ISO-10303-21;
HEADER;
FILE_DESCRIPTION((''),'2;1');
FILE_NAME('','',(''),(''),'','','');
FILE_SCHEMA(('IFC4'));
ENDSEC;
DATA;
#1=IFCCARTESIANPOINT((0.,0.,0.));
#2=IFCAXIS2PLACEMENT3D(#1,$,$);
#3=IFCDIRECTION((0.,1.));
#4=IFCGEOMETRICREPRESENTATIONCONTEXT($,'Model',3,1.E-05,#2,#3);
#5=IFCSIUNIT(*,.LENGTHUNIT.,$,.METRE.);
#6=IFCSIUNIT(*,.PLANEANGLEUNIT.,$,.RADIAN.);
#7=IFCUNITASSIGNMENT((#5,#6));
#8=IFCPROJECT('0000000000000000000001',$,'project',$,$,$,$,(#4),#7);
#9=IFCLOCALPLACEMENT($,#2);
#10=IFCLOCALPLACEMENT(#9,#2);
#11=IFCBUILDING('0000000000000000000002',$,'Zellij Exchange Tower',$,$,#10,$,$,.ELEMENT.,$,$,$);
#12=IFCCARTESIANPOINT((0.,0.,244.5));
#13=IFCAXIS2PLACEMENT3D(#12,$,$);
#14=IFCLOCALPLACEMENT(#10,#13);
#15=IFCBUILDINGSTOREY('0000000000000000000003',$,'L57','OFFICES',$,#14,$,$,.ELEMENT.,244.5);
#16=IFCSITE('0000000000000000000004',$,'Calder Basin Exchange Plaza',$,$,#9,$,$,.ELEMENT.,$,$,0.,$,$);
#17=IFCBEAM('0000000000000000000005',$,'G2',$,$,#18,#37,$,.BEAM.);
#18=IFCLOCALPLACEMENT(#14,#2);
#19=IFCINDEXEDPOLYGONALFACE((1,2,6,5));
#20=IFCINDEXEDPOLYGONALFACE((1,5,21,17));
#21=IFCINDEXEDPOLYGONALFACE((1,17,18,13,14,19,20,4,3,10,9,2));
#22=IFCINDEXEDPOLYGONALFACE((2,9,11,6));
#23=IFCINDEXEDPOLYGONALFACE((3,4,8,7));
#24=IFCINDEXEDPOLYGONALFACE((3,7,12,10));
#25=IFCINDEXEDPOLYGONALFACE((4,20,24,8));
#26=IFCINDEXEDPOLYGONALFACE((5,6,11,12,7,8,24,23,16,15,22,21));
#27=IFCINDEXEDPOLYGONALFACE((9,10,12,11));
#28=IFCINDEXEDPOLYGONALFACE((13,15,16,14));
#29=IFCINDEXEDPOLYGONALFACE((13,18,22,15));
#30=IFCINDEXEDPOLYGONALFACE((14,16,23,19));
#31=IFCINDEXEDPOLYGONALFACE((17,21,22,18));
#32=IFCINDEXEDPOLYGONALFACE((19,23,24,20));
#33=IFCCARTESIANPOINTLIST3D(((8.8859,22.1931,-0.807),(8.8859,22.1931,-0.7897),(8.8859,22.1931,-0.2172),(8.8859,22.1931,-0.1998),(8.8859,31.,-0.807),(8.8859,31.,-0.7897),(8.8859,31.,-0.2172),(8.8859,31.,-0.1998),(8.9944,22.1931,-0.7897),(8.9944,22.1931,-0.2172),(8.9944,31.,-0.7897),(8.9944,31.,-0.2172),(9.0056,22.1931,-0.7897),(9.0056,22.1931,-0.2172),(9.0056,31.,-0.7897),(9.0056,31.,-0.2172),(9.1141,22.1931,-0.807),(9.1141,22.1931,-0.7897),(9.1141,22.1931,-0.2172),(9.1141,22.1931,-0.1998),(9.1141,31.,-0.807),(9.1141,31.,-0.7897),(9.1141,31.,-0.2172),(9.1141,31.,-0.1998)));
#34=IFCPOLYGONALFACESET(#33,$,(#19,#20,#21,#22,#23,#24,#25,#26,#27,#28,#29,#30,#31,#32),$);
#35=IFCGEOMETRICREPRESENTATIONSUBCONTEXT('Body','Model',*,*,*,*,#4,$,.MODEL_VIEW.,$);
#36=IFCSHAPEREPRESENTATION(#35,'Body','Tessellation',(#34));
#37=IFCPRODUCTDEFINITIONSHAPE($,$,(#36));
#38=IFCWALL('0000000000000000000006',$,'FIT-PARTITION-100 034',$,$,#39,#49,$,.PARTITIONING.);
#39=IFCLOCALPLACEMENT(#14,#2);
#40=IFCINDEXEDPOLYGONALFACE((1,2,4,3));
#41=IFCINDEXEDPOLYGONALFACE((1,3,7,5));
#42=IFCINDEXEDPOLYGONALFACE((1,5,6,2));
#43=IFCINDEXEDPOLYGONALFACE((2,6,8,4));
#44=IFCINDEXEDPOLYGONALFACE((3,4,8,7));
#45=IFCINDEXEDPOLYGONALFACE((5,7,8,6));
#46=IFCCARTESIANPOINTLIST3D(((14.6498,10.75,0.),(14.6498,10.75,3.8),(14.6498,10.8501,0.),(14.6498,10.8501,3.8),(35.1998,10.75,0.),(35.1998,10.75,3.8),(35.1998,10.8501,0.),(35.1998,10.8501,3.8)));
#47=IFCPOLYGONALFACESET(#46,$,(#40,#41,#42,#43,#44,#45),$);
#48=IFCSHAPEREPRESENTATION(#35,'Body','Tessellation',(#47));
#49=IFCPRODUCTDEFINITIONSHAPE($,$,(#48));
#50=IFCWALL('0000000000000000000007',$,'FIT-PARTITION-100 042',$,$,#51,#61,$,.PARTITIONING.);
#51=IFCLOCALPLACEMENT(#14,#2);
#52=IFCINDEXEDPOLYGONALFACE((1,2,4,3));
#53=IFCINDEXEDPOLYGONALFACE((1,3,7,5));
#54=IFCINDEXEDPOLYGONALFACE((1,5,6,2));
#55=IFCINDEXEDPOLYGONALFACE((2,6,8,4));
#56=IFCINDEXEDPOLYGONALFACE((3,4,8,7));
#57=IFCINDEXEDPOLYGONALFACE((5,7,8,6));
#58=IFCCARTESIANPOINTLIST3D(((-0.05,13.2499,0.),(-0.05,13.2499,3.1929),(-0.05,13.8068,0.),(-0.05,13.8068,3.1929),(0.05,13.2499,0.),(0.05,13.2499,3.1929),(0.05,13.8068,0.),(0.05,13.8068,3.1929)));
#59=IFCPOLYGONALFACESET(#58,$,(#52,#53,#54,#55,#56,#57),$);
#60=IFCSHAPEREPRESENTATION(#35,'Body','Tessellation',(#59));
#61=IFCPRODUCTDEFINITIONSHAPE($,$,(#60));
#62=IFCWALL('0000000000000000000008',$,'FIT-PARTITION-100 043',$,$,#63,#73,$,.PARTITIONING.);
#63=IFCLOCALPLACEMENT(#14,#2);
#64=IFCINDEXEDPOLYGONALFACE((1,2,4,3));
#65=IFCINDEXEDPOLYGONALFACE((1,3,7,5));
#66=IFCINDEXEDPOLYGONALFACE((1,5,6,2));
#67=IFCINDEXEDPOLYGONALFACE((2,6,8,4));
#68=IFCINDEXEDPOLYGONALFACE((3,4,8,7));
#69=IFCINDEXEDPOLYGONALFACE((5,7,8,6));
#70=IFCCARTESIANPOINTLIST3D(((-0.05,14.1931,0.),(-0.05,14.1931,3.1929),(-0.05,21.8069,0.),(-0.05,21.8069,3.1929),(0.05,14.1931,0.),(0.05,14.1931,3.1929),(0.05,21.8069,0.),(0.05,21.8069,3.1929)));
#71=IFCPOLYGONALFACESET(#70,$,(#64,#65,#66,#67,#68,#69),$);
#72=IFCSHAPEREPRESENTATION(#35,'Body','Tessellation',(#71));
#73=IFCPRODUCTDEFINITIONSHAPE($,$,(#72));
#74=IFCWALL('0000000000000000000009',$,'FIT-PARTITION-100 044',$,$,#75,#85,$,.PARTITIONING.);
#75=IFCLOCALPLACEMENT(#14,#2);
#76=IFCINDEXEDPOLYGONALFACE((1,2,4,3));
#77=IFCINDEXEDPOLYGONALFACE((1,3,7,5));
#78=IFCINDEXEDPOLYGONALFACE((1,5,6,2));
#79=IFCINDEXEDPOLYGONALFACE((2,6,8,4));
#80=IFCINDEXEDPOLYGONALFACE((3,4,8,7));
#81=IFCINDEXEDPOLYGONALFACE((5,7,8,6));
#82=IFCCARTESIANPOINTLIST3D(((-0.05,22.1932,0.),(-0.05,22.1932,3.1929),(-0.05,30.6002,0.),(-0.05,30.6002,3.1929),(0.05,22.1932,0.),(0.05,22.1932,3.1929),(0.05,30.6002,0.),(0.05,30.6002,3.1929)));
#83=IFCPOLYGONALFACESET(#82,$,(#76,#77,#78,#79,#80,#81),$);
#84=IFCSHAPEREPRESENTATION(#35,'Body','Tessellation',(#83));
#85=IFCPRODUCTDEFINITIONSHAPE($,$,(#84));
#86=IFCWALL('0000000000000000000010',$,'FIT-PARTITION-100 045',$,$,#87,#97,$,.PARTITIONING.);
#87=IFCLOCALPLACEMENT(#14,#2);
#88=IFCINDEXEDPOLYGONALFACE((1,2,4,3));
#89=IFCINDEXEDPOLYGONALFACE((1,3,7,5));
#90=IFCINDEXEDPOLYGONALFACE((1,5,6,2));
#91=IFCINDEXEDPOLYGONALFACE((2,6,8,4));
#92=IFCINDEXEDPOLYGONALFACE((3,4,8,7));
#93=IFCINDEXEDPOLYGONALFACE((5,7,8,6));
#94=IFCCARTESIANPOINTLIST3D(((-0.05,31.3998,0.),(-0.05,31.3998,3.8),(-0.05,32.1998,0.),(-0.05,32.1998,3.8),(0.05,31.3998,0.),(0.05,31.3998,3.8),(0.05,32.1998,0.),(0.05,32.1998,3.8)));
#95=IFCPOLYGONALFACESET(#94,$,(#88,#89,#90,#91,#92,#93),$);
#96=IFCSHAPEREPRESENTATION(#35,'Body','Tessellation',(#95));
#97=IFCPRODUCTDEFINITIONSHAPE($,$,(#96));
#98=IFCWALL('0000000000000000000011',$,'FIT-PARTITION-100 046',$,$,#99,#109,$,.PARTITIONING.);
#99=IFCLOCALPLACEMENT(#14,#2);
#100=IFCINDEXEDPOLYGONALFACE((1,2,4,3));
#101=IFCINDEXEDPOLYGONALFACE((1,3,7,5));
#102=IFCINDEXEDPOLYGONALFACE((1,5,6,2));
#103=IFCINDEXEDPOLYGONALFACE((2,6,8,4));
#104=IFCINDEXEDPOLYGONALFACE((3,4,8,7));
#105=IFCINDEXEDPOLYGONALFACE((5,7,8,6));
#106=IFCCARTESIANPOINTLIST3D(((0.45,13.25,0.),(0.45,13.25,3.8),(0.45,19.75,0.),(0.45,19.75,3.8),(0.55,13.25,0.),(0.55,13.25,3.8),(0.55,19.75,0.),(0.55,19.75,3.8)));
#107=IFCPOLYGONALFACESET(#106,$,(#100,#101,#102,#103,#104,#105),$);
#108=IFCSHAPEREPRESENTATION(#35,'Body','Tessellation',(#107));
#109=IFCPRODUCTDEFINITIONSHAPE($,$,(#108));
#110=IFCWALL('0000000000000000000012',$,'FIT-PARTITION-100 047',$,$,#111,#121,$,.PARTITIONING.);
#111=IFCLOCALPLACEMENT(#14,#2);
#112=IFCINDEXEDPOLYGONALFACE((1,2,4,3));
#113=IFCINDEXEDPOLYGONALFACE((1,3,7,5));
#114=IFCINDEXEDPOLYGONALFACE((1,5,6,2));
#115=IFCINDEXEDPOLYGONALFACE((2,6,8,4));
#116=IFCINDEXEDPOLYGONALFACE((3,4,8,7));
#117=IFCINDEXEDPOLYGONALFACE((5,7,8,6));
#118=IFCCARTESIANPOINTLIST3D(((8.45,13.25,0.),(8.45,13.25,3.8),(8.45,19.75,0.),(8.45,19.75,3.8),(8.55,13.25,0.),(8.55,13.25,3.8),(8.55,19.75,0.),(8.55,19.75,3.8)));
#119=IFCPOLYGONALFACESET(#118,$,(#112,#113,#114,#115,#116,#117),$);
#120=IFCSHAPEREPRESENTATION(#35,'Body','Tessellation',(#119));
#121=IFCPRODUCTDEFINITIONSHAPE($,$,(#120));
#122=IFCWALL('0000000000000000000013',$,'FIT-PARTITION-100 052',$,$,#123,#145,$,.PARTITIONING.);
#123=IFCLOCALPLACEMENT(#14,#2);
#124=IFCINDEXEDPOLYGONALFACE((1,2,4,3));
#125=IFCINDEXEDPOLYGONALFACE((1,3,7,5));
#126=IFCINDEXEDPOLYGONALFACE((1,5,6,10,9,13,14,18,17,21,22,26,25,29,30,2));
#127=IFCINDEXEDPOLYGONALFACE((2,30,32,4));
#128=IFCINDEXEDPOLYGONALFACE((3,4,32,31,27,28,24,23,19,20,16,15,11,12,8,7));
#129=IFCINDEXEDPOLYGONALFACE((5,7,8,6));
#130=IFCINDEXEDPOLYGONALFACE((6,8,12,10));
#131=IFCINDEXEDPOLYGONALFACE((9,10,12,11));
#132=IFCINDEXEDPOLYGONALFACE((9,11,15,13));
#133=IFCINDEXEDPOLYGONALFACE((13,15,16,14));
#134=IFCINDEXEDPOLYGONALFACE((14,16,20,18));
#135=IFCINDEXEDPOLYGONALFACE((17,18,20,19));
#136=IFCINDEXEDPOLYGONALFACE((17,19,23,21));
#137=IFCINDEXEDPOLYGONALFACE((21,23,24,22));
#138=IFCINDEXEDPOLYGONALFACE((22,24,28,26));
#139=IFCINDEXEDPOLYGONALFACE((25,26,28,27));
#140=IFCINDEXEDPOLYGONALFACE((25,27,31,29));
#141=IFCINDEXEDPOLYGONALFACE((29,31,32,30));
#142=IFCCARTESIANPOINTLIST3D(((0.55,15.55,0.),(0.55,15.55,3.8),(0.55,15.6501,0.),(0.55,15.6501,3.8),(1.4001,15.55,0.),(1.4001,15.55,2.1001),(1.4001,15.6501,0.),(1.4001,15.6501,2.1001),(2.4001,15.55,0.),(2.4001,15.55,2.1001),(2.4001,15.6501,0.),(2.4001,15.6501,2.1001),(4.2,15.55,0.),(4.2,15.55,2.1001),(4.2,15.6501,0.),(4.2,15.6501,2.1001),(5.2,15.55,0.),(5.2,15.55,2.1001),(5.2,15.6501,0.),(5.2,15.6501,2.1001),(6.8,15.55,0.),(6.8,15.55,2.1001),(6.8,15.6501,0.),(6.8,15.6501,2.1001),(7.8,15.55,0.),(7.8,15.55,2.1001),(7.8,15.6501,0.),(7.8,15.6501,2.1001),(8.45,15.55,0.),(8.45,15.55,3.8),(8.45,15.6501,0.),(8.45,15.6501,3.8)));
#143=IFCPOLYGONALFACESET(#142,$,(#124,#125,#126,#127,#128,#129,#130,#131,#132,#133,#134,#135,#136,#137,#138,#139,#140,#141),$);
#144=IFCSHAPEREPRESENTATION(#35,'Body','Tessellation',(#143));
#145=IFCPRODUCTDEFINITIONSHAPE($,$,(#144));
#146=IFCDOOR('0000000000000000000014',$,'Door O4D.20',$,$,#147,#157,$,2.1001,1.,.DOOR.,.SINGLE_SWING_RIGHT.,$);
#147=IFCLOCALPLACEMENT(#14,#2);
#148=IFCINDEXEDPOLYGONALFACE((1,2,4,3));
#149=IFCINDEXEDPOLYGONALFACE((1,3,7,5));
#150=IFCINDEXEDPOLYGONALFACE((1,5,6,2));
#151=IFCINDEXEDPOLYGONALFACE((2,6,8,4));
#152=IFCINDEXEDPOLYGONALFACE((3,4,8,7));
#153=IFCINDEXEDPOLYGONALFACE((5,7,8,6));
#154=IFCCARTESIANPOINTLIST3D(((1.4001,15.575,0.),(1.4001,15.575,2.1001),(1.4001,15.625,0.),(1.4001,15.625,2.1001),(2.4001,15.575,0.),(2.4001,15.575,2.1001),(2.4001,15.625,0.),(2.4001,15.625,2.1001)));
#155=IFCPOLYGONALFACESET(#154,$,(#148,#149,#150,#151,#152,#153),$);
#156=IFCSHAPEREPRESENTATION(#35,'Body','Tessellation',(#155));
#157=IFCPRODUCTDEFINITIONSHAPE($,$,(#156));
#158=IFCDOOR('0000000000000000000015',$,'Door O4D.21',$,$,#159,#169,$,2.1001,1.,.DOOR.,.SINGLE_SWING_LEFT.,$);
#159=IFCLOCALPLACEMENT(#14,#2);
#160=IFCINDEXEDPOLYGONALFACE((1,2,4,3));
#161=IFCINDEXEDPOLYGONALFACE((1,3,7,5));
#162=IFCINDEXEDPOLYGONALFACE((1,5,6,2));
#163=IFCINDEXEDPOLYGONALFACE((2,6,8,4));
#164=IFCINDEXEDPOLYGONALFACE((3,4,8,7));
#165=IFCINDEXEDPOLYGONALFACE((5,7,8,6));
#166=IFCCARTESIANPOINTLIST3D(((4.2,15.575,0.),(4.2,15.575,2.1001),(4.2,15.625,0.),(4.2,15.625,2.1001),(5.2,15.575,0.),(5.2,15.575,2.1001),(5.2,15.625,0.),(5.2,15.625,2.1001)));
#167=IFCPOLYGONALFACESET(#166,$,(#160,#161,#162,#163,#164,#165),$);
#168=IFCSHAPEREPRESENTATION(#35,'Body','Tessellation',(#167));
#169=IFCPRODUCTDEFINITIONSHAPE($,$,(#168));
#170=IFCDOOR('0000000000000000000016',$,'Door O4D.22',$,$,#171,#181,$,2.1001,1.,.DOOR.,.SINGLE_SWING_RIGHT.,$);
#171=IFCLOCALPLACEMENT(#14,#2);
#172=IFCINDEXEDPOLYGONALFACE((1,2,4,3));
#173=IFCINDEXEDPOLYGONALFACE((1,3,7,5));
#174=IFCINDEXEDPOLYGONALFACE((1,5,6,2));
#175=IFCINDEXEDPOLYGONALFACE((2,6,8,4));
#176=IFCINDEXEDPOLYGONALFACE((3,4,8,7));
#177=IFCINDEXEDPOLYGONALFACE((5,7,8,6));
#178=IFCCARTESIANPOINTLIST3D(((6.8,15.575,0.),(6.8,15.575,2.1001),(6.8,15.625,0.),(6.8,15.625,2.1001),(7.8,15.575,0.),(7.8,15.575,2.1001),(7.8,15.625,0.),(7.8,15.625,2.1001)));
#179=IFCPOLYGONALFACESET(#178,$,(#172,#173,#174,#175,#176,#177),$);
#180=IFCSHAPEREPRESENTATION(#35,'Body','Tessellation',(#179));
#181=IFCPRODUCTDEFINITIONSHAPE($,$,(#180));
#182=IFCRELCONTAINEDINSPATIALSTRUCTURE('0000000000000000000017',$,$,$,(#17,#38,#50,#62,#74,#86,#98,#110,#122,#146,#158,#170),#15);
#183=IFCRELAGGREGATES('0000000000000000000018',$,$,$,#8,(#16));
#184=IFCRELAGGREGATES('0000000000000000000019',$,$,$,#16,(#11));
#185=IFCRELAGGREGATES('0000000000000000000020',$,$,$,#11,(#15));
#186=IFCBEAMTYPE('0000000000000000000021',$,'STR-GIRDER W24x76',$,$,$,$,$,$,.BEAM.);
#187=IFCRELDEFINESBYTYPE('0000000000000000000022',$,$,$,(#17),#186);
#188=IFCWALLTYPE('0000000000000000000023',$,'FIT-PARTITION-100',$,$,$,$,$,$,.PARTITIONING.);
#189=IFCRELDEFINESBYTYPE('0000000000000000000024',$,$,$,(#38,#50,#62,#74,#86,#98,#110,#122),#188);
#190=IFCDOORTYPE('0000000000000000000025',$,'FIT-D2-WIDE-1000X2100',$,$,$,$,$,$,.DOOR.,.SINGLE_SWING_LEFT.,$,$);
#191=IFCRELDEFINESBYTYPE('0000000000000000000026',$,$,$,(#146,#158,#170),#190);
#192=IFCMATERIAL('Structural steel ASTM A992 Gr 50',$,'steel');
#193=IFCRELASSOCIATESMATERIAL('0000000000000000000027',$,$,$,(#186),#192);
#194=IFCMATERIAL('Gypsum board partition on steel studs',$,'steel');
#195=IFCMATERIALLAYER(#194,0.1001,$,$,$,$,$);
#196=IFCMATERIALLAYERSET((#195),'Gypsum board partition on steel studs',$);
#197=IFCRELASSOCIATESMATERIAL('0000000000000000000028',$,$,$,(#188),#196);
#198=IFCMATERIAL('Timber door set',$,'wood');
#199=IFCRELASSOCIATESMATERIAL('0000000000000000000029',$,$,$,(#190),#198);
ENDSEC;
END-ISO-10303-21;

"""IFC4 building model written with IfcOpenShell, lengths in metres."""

from ifc_helpers import new_model, si_unit, direction, frame, frame_2d, origin, origin_2d, place, context, subcontext, project, spatial, rectangle, i_section, extrude, material, layer, layer_set, material_profile, profile_set, type_object, element, fill, save


model = new_model("IFC4")

# Units and contexts
model_context = context("Model", 3, precision=1e-05, world=origin(), true_north=direction((0.0, 1.0)))
body_context = subcontext(model_context, "Body", "Model", "MODEL_VIEW")
ifc_project = project(units=[si_unit("LENGTHUNIT", "METRE"), si_unit("PLANEANGLEUNIT", "RADIAN")], contexts=[model_context])

# Site, building, storey
site_placement = place(None, origin())
site = spatial("IfcSite", under=ifc_project, at=site_placement, Name="Calder Basin Exchange Plaza", CompositionType="ELEMENT", RefElevation=0.0)
building_placement = place(site_placement, origin())
building = spatial("IfcBuilding", under=site, at=building_placement, Name="Zellij Exchange Tower", CompositionType="ELEMENT")
storey_placement = place(building_placement, frame((0.0, 0.0, 244.5)))
storey = spatial("IfcBuildingStorey", under=building, at=storey_placement, Name="L57", Description="OFFICES", CompositionType="ELEMENT", Elevation=244.5)

# Shared definitions
ifc_material_1 = material(Name="Structural steel ASTM A992 Gr 50", Category="steel")

# Beam
ifc_material_profile_1 = material_profile(ifc_material_1, i_section(OverallWidth=0.2283, OverallDepth=0.6072, WebThickness=0.0112, FlangeThickness=0.0173, at=origin_2d()), Name="W24x76")
ifc_profile_set_1 = profile_set([ifc_material_profile_1], Name="Structural steel ASTM A992 Gr 50")
beam_type = type_object("IfcBeamType", Name="STR-GIRDER W24x76", PredefinedType="BEAM", material=ifc_profile_set_1)
beam_1_placement = place(storey_placement, frame((9.0, 22.1931, -0.5034), z_axis=(0.0, 1.0, 0.0), x_axis=(-1.0, 0.0, 0.0)))
element("IfcBeam", 1, at=beam_1_placement, inside=storey, type_object=beam_type, Name="G2", PredefinedType="BEAM", context=body_context, shape_type="SweptSolid", body=[
    extrude(i_section(OverallWidth=0.2283, OverallDepth=0.6072, WebThickness=0.0112, FlangeThickness=0.0173, at=origin_2d()), origin(), (0.0, 0.0, 1.0), 8.8069),
])

# Walls
ifc_material_2 = material(Name="Gypsum board partition on steel studs", Category="steel")
ifc_layer = layer(ifc_material_2, 0.1001)
ifc_layer_set = layer_set([ifc_layer], Name="Gypsum board partition on steel studs")
wall_type = type_object("IfcWallType", Name="FIT-PARTITION-100", PredefinedType="PARTITIONING", material=ifc_layer_set)
wall_1_placement = place(storey_placement, frame((14.6499, 10.8, 0.0), z_axis=(0.0, 0.0, 1.0), x_axis=(1.0, 0.0, 0.0)))
element("IfcWall", 2, at=wall_1_placement, inside=storey, type_object=wall_type, Name="FIT-PARTITION-100 034", PredefinedType="PARTITIONING", context=body_context, shape_type="SweptSolid", body=[
    extrude(rectangle(XDim=20.55, YDim=0.1001, at=frame_2d((10.2749, 0.0))), origin(), (0.0, 0.0, 1.0), 3.8),
])
wall_2_placement = place(storey_placement, frame((0.0, 13.25, 0.0), z_axis=(0.0, 0.0, 1.0), x_axis=(0.0, 1.0, 0.0)))
element("IfcWall", 3, at=wall_2_placement, inside=storey, type_object=wall_type, Name="FIT-PARTITION-100 042", PredefinedType="PARTITIONING", context=body_context, shape_type="SweptSolid", body=[
    extrude(rectangle(XDim=0.5569, YDim=0.1001, at=frame_2d((0.2783, 0.0))), origin(), (0.0, 0.0, 1.0), 3.1929),
])
wall_3_placement = place(storey_placement, frame((0.0, 14.1931, 0.0), z_axis=(0.0, 0.0, 1.0), x_axis=(0.0, 1.0, 0.0)))
element("IfcWall", 4, at=wall_3_placement, inside=storey, type_object=wall_type, Name="FIT-PARTITION-100 043", PredefinedType="PARTITIONING", context=body_context, shape_type="SweptSolid", body=[
    extrude(rectangle(XDim=7.6138, YDim=0.1001, at=frame_2d((3.8069, 0.0))), origin(), (0.0, 0.0, 1.0), 3.1929),
])
wall_4_placement = place(storey_placement, frame((0.0, 22.1931, 0.0), z_axis=(0.0, 0.0, 1.0), x_axis=(0.0, 1.0, 0.0)))
element("IfcWall", 5, at=wall_4_placement, inside=storey, type_object=wall_type, Name="FIT-PARTITION-100 044", PredefinedType="PARTITIONING", context=body_context, shape_type="SweptSolid", body=[
    extrude(rectangle(XDim=8.407, YDim=0.1001, at=frame_2d((4.2036, 0.0))), origin(), (0.0, 0.0, 1.0), 3.1929),
])
wall_5_placement = place(storey_placement, frame((0.0, 31.3999, 0.0), z_axis=(0.0, 0.0, 1.0), x_axis=(0.0, 1.0, 0.0)))
element("IfcWall", 6, at=wall_5_placement, inside=storey, type_object=wall_type, Name="FIT-PARTITION-100 045", PredefinedType="PARTITIONING", context=body_context, shape_type="SweptSolid", body=[
    extrude(rectangle(XDim=0.8, YDim=0.1001, at=frame_2d((0.3999, 0.0))), origin(), (0.0, 0.0, 1.0), 3.8),
])
for number, where, z_axis, x_axis, name in (
    (7, (0.5, 13.25, 0.0), (0.0, 0.0, 1.0), (0.0, 1.0, 0.0), "FIT-PARTITION-100 046"),
    (8, (8.5, 13.25, 0.0), (0.0, 0.0, 1.0), (0.0, 1.0, 0.0), "FIT-PARTITION-100 047"),
):
    element("IfcWall", number, at=place(storey_placement, frame(where, z_axis=z_axis, x_axis=x_axis)), inside=storey, type_object=wall_type, Name=name, PredefinedType="PARTITIONING", context=body_context, shape_type="SweptSolid", body=[
        extrude(rectangle(XDim=6.5, YDim=0.1001, at=frame_2d((3.25, 0.0))), origin(), (0.0, 0.0, 1.0), 3.8),
    ])

# Wall, openings, doors
wall_6_placement = place(storey_placement, frame((0.55, 15.6001, 0.0), z_axis=(0.0, 0.0, 1.0), x_axis=(1.0, 0.0, 0.0)))
wall_6 = element("IfcWall", 9, at=wall_6_placement, inside=storey, type_object=wall_type, Name="FIT-PARTITION-100 052", PredefinedType="PARTITIONING", context=body_context, shape_type="SweptSolid", body=[
    extrude(rectangle(XDim=7.8999, YDim=0.1001, at=frame_2d((3.95, 0.0))), origin(), (0.0, 0.0, 1.0), 3.8),
])
opening_1_placement = place(wall_6_placement, frame((0.8501, 0.0, 0.0)))
opening_1 = element("IfcOpeningElement", 10, at=opening_1_placement, cuts=wall_6, PredefinedType="OPENING", context=body_context, shape_type="SweptSolid", body=[
    extrude(rectangle(XDim=1.0, YDim=2.1001, at=frame_2d((0.5, 1.05))), frame((0.0, 0.062, 0.0), z_axis=(0.0, -1.0, 0.0), x_axis=(1.0, 0.0, 0.0)), (0.0, 0.0, 1.0), 0.124),
])
opening_2_placement = place(wall_6_placement, frame((3.6499, 0.0, 0.0)))
opening_2 = element("IfcOpeningElement", 11, at=opening_2_placement, cuts=wall_6, PredefinedType="OPENING", context=body_context, shape_type="SweptSolid", body=[
    extrude(rectangle(XDim=1.0, YDim=2.1001, at=frame_2d((0.5, 1.05))), frame((0.0, 0.062, 0.0), z_axis=(0.0, -1.0, 0.0), x_axis=(1.0, 0.0, 0.0)), (0.0, 0.0, 1.0), 0.124),
])
opening_3_placement = place(wall_6_placement, frame((6.25, 0.0, 0.0)))
opening_3 = element("IfcOpeningElement", 12, at=opening_3_placement, cuts=wall_6, PredefinedType="OPENING", context=body_context, shape_type="SweptSolid", body=[
    extrude(rectangle(XDim=1.0, YDim=2.1001, at=frame_2d((0.5, 1.05))), frame((0.0, 0.062, 0.0), z_axis=(0.0, -1.0, 0.0), x_axis=(1.0, 0.0, 0.0)), (0.0, 0.0, 1.0), 0.124),
])
ifc_material_3 = material(Name="Timber door set", Category="wood")
door_type = type_object("IfcDoorType", Name="FIT-D2-WIDE-1000X2100", OperationType="SINGLE_SWING_LEFT", PredefinedType="DOOR", material=ifc_material_3)
door_1_placement = place(opening_1_placement, origin())
door_1 = element("IfcDoor", 13, at=door_1_placement, inside=storey, type_object=door_type, Name="Door O4D.20", OperationType="SINGLE_SWING_RIGHT", OverallHeight=2.1001, OverallWidth=1.0, PredefinedType="DOOR", context=body_context, shape_type="SweptSolid", body=[
    extrude(rectangle(XDim=1.0, YDim=2.1001, at=frame_2d((0.5, 1.05))), frame((0.0, 0.0249, 0.0), z_axis=(0.0, -1.0, 0.0), x_axis=(1.0, 0.0, 0.0)), (0.0, 0.0, 1.0), 0.05),
])
fill(opening_1, door_1)
door_2_placement = place(opening_2_placement, origin())
door_2 = element("IfcDoor", 14, at=door_2_placement, inside=storey, type_object=door_type, Name="Door O4D.21", OperationType="SINGLE_SWING_LEFT", OverallHeight=2.1001, OverallWidth=1.0, PredefinedType="DOOR", context=body_context, shape_type="SweptSolid", body=[
    extrude(rectangle(XDim=1.0, YDim=2.1001, at=frame_2d((0.5, 1.05))), frame((0.0, 0.0249, 0.0), z_axis=(0.0, -1.0, 0.0), x_axis=(1.0, 0.0, 0.0)), (0.0, 0.0, 1.0), 0.05),
])
fill(opening_2, door_2)
door_3_placement = place(opening_3_placement, origin())
door_3 = element("IfcDoor", 15, at=door_3_placement, inside=storey, type_object=door_type, Name="Door O4D.22", OperationType="SINGLE_SWING_RIGHT", OverallHeight=2.1001, OverallWidth=1.0, PredefinedType="DOOR", context=body_context, shape_type="SweptSolid", body=[
    extrude(rectangle(XDim=1.0, YDim=2.1001, at=frame_2d((0.5, 1.05))), frame((0.0, 0.0249, 0.0), z_axis=(0.0, -1.0, 0.0), x_axis=(1.0, 0.0, 0.0)), (0.0, 0.0, 1.0), 0.05),
])
fill(opening_3, door_3)

save(model, "model.ifc")
